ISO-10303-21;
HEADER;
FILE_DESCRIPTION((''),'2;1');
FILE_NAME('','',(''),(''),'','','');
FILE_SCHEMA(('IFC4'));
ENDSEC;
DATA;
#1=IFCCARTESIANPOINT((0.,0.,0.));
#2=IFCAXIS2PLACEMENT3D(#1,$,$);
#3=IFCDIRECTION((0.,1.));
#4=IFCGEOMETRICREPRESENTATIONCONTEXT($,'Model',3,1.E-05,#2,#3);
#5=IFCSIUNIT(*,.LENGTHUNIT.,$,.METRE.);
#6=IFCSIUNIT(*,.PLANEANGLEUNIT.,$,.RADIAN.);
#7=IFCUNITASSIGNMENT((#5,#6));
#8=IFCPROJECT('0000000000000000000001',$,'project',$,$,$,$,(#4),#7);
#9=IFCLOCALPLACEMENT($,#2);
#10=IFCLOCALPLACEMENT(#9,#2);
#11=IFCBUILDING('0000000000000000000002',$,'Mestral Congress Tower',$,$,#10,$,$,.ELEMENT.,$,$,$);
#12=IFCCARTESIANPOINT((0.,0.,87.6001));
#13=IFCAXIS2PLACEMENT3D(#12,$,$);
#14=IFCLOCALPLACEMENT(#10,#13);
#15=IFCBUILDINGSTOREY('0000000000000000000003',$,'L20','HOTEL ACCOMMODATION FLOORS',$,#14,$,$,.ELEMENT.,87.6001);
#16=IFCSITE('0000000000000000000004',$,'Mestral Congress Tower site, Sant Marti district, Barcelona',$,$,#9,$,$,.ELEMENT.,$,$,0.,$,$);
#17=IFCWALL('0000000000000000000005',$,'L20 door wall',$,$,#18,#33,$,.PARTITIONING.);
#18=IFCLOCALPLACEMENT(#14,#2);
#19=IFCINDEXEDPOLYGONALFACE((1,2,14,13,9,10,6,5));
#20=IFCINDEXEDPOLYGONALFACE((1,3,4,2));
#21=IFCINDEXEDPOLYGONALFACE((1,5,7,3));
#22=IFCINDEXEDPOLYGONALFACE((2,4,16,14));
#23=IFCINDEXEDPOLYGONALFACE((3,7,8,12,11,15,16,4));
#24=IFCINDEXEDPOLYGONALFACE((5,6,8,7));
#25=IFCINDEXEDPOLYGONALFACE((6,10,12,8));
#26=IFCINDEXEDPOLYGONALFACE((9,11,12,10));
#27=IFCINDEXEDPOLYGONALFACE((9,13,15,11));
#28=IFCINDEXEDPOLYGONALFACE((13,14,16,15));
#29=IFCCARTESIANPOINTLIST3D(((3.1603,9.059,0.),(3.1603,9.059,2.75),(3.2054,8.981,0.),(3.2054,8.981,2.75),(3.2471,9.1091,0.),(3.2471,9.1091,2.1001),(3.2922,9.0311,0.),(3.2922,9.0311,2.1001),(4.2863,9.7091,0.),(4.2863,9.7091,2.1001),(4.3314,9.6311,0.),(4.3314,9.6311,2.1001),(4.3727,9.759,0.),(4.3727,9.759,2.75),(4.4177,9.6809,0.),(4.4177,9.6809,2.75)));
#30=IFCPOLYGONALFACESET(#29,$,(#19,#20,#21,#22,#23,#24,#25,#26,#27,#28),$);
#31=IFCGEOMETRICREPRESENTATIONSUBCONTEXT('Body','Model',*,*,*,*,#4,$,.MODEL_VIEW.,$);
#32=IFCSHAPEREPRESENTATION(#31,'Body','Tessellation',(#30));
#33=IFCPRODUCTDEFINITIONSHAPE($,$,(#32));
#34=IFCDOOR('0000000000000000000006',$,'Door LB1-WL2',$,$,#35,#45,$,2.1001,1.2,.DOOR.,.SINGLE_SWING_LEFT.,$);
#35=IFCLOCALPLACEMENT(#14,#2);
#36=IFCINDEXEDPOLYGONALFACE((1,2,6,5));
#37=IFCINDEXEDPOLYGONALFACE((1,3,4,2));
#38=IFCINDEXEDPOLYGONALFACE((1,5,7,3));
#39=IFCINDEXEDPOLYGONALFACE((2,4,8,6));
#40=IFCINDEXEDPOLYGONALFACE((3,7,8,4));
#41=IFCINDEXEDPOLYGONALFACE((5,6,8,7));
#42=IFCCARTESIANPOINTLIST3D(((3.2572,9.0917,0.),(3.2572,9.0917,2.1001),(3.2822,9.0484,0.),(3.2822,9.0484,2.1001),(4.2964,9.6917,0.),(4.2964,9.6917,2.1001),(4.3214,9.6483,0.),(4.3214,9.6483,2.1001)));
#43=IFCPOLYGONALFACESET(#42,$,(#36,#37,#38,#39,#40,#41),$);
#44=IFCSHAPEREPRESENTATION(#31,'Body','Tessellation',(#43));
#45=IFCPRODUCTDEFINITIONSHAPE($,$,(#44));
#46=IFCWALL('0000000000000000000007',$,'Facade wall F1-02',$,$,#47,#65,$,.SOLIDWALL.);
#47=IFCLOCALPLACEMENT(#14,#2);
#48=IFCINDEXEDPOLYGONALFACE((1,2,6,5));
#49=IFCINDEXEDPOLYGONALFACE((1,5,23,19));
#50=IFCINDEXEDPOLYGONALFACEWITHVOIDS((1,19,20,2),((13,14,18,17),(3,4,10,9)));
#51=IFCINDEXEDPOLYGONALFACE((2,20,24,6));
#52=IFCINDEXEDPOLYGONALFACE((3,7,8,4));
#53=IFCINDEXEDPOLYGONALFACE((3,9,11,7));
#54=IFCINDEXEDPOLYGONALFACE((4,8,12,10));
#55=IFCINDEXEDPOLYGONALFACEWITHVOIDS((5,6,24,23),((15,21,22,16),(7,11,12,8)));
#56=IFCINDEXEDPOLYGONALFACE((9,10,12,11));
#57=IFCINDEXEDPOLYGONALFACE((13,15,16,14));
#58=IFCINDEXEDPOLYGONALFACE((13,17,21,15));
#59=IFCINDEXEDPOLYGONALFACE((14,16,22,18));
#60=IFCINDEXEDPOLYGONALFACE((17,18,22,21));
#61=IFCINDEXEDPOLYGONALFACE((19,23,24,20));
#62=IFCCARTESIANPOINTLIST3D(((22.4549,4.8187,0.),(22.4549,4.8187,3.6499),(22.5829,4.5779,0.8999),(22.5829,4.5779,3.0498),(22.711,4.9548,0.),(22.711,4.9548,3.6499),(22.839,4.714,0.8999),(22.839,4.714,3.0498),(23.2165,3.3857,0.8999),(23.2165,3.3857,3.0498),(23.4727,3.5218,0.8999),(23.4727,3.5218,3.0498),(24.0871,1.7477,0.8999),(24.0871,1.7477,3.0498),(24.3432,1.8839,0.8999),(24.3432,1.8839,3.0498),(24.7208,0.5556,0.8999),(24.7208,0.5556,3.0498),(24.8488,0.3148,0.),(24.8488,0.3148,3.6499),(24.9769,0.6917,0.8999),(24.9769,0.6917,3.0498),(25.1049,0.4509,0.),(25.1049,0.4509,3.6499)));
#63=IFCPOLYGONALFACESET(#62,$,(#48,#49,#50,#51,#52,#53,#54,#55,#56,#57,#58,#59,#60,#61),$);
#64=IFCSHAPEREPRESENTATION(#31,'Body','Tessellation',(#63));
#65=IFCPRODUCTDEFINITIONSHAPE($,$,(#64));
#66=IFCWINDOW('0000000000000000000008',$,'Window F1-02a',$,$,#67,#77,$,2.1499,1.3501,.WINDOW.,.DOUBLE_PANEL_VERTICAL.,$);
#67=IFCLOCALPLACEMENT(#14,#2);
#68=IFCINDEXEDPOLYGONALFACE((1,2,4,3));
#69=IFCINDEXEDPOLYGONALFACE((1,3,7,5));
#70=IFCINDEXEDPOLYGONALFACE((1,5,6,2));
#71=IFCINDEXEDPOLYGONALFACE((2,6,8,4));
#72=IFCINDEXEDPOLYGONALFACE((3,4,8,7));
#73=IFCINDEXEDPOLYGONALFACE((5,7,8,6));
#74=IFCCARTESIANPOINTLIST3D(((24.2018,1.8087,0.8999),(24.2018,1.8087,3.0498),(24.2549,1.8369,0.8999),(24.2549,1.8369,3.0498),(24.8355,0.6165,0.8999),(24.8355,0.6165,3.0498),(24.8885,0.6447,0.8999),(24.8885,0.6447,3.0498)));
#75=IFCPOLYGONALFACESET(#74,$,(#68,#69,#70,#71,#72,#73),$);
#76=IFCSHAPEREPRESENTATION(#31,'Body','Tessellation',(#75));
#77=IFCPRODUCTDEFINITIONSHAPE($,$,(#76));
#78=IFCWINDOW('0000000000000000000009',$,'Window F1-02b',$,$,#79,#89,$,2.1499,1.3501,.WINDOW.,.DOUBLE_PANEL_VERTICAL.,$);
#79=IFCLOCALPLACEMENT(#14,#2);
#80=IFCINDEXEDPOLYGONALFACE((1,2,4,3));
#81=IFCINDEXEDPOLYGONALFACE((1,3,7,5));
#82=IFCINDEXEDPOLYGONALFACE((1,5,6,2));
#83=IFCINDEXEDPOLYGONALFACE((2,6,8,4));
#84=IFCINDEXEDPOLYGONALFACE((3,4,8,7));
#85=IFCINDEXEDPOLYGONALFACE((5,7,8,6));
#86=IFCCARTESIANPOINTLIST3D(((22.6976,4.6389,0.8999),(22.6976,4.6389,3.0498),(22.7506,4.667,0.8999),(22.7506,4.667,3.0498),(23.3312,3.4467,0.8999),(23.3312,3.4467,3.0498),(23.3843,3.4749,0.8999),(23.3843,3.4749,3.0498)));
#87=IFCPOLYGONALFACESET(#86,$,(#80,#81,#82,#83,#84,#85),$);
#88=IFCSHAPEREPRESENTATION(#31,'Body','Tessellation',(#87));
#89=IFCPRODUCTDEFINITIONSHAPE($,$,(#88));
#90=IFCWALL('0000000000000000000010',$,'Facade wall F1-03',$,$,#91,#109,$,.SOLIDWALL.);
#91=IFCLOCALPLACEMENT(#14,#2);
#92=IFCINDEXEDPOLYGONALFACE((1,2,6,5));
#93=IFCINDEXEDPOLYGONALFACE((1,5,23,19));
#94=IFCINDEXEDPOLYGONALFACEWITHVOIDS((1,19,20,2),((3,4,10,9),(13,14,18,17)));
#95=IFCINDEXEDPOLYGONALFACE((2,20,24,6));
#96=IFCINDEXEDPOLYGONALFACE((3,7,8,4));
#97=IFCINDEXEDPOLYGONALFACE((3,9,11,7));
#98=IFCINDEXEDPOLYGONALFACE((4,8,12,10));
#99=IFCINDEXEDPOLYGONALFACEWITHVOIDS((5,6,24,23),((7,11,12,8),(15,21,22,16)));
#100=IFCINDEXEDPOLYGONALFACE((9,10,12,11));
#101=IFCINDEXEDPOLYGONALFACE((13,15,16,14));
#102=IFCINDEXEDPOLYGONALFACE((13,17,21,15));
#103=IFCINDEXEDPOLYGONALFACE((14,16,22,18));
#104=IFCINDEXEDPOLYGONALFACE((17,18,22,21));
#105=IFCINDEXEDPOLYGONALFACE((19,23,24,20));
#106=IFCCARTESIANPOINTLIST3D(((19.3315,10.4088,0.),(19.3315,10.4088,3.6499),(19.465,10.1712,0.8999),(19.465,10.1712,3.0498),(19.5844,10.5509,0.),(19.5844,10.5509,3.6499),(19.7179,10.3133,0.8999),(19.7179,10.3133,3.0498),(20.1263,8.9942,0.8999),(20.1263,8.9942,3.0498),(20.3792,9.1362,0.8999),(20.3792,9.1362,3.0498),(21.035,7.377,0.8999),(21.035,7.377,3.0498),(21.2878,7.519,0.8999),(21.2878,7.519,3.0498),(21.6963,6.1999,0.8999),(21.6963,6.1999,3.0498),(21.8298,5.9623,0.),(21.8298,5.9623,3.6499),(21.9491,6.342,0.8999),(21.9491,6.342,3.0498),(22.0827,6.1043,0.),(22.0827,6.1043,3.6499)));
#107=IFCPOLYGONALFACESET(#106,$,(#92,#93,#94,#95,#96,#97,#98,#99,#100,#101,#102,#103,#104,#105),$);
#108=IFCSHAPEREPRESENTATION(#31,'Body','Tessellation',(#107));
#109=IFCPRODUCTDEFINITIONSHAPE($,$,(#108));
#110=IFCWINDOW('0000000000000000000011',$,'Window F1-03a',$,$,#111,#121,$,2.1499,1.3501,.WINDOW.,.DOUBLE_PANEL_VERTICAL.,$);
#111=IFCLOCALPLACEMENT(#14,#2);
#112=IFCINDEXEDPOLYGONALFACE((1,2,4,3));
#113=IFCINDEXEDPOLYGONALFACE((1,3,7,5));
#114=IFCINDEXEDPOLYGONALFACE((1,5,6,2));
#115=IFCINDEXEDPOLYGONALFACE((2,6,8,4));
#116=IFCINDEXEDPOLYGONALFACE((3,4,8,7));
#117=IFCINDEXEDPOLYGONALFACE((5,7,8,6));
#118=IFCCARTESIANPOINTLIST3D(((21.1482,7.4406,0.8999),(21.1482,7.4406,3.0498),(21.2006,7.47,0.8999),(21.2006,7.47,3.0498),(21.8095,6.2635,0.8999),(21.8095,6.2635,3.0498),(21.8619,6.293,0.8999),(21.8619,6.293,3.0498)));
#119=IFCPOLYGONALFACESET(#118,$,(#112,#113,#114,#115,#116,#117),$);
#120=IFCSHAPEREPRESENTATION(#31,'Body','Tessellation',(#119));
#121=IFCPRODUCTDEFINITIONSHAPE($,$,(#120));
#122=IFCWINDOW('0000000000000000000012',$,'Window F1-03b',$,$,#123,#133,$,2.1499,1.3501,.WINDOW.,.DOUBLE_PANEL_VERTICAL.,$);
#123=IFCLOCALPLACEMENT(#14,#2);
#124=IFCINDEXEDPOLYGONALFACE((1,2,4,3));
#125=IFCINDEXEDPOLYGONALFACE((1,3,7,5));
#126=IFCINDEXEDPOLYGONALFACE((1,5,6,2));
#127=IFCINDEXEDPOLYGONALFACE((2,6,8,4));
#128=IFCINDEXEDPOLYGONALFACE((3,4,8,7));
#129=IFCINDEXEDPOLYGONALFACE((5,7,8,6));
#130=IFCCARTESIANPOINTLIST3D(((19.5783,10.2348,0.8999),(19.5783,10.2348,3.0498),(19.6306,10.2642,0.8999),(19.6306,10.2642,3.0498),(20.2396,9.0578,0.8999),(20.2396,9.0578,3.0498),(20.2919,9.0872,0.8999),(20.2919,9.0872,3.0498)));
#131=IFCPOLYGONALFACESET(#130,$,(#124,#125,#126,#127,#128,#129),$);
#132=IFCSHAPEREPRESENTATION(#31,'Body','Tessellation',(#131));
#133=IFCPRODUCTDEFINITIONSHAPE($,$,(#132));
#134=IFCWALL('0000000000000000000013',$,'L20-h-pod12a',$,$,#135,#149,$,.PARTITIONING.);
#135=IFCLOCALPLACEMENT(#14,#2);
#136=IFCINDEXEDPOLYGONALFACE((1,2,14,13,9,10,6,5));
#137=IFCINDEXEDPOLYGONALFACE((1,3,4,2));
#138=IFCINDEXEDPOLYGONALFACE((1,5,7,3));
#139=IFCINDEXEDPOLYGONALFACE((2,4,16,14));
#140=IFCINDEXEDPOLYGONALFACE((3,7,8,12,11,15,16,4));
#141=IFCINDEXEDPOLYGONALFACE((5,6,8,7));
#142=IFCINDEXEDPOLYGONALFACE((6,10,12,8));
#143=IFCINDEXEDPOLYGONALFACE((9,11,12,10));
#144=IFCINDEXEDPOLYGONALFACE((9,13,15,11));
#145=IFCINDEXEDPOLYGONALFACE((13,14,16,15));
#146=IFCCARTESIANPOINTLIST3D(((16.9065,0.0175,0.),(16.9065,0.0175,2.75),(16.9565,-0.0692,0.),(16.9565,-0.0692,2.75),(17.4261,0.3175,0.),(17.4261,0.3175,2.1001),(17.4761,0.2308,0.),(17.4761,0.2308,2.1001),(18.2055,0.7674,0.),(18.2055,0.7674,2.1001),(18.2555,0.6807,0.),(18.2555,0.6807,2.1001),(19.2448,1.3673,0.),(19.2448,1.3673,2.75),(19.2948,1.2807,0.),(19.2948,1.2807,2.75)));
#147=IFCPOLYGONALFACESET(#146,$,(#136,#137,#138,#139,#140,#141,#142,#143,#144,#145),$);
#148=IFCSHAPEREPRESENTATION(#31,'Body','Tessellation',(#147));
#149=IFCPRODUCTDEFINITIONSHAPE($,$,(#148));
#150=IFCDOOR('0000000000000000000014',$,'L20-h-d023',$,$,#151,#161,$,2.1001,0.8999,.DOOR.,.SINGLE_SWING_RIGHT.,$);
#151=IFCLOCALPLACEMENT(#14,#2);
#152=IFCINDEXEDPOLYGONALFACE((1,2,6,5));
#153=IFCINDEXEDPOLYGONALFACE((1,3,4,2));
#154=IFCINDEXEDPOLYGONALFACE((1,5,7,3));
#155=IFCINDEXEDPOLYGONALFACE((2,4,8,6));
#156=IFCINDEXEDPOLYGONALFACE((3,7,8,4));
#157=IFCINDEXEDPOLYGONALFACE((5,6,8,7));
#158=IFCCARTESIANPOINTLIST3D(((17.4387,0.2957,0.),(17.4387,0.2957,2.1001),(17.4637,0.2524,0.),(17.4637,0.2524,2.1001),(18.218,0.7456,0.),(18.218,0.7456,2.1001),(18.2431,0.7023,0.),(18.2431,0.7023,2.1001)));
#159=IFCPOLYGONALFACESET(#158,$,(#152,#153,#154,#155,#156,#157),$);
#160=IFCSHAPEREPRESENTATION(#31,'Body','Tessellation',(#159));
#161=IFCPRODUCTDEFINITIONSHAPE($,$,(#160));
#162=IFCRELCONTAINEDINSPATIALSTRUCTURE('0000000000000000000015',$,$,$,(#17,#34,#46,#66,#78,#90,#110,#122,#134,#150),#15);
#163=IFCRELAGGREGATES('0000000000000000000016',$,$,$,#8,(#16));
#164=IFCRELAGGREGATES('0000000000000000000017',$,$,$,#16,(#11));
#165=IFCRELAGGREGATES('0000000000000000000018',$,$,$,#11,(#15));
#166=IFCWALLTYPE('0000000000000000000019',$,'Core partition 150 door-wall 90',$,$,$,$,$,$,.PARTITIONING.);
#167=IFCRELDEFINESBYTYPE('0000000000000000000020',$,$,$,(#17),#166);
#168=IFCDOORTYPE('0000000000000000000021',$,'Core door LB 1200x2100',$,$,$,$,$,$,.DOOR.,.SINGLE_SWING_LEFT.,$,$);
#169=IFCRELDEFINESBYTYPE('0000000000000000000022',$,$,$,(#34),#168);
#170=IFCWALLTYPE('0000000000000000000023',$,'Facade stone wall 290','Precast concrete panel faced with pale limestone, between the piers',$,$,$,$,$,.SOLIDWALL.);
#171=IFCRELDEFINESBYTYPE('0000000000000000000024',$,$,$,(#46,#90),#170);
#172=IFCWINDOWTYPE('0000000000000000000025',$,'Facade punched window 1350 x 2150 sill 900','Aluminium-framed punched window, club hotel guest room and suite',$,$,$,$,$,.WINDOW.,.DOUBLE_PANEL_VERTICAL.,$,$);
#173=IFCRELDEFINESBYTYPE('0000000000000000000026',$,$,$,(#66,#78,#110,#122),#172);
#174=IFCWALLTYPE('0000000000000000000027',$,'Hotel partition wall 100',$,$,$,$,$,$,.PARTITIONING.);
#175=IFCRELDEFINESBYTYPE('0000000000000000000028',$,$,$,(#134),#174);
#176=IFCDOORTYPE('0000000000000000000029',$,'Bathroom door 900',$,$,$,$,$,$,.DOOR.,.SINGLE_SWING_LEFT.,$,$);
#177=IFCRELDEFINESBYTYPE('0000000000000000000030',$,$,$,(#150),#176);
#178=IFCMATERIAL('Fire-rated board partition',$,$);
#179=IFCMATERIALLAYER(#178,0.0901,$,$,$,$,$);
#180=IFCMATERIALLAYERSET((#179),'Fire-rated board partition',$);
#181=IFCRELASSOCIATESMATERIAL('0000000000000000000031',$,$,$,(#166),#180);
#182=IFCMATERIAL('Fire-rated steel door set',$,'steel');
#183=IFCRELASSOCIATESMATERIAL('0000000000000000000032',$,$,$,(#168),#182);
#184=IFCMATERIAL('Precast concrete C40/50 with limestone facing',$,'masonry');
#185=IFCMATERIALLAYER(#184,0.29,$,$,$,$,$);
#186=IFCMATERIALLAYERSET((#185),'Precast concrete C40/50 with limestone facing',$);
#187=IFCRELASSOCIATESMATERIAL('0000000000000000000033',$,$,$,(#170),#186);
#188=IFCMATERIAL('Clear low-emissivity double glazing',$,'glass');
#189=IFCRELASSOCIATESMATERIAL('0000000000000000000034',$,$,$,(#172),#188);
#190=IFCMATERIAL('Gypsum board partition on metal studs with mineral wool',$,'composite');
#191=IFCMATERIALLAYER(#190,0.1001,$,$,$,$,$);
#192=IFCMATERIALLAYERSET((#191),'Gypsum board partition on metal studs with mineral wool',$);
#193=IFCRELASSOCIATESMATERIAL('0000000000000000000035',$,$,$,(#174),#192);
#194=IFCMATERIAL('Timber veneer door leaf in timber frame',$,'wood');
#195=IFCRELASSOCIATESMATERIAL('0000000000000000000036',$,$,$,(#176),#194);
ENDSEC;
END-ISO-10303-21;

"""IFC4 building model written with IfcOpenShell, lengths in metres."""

from ifc_helpers import new_model, si_unit, direction, frame, frame_2d, origin, place, context, subcontext, project, spatial, rectangle, extrude, material, layer, layer_set, type_object, element, fill, save


model = new_model("IFC4")

# Units and contexts
model_context = context("Model", 3, precision=1e-05, world=origin(), true_north=direction((0.0, 1.0)))
body_context = subcontext(model_context, "Body", "Model", "MODEL_VIEW")
ifc_project = project(units=[si_unit("LENGTHUNIT", "METRE"), si_unit("PLANEANGLEUNIT", "RADIAN")], contexts=[model_context])

# Site, building, storey
site_placement = place(None, origin())
site = spatial("IfcSite", under=ifc_project, at=site_placement, Name="Mestral Congress Tower site, Sant Marti district, Barcelona", CompositionType="ELEMENT", RefElevation=0.0)
building_placement = place(site_placement, origin())
building = spatial("IfcBuilding", under=site, at=building_placement, Name="Mestral Congress Tower", CompositionType="ELEMENT")
storey_placement = place(building_placement, frame((0.0, 0.0, 87.6001)))
storey = spatial("IfcBuildingStorey", under=building, at=storey_placement, Name="L20", Description="HOTEL ACCOMMODATION FLOORS", CompositionType="ELEMENT", Elevation=87.6001)

# Shared definitions
ifc_material_1 = material(Name="Fire-rated board partition")

# Wall, opening, door
ifc_layer_1 = layer(ifc_material_1, 0.0901)
ifc_layer_set_1 = layer_set([ifc_layer_1], Name="Fire-rated board partition")
wall_type_1 = type_object("IfcWallType", Name="Core partition 150 door-wall 90", PredefinedType="PARTITIONING", material=ifc_layer_set_1)
wall_1_placement = place(storey_placement, frame((3.1829, 9.02, 0.0), z_axis=(0.0, 0.0, 1.0), x_axis=(0.866035, 0.499984, 0.0)))
wall_1 = element("IfcWall", 1, at=wall_1_placement, inside=storey, type_object=wall_type_1, Name="L20 door wall", PredefinedType="PARTITIONING", context=body_context, shape_type="SweptSolid", body=[
    extrude(rectangle(XDim=1.3999, YDim=0.0901, at=frame_2d((0.7, 0.0))), origin(), (0.0, 0.0, 1.0), 2.75),
])
opening_1_placement = place(wall_1_placement, frame((0.1001, 0.0, 0.0)))
opening_1 = element("IfcOpeningElement", 2, at=opening_1_placement, cuts=wall_1, PredefinedType="OPENING", context=body_context, shape_type="SweptSolid", body=[
    extrude(rectangle(XDim=1.2, YDim=2.1001, at=frame_2d((0.6001, 1.05))), frame((0.0, 0.0549, 0.0), z_axis=(0.0, -1.0, 0.0), x_axis=(1.0, 0.0, 0.0)), (0.0, 0.0, 1.0), 0.1101),
])
ifc_material_2 = material(Name="Fire-rated steel door set", Category="steel")
door_type_1 = type_object("IfcDoorType", Name="Core door LB 1200x2100", OperationType="SINGLE_SWING_LEFT", PredefinedType="DOOR", material=ifc_material_2)
door_1_placement = place(opening_1_placement, origin())
door_1 = element("IfcDoor", 3, at=door_1_placement, inside=storey, type_object=door_type_1, Name="Door LB1-WL2", OperationType="SINGLE_SWING_LEFT", OverallHeight=2.1001, OverallWidth=1.2, PredefinedType="DOOR", context=body_context, shape_type="SweptSolid", body=[
    extrude(rectangle(XDim=1.2, YDim=2.1001, at=frame_2d((0.6001, 1.05))), frame((0.0, 0.0249, 0.0), z_axis=(0.0, -1.0, 0.0), x_axis=(1.0, 0.0, 0.0)), (0.0, 0.0, 1.0), 0.05),
])
fill(opening_1, door_1)

# Walls, openings, windows
ifc_material_3 = material(Name="Precast concrete C40/50 with limestone facing", Category="masonry")
ifc_layer_2 = layer(ifc_material_3, 0.29)
ifc_layer_set_2 = layer_set([ifc_layer_2], Name="Precast concrete C40/50 with limestone facing")
wall_type_2 = type_object("IfcWallType", Name="Facade stone wall 290", Description="Precast concrete panel faced with pale limestone, between the piers", PredefinedType="SOLIDWALL", material=ifc_layer_set_2)
wall_2_placement = place(storey_placement, frame((24.9768, 0.3828, 0.0), z_axis=(0.0, 0.0, 1.0), x_axis=(-0.469323, 0.883026, 0.0)))
wall_2 = element("IfcWall", 4, at=wall_2_placement, inside=storey, type_object=wall_type_2, Name="Facade wall F1-02", PredefinedType="SOLIDWALL", context=body_context, shape_type="SweptSolid", body=[
    extrude(rectangle(XDim=5.1006, YDim=0.29, at=frame_2d((2.5503, 0.0))), origin(), (0.0, 0.0, 1.0), 3.6499),
])
opening_2_placement = place(wall_2_placement, frame((0.2727, 0.0, 0.8999)))
opening_2 = element("IfcOpeningElement", 5, at=opening_2_placement, cuts=wall_2, PredefinedType="OPENING", context=body_context, shape_type="SweptSolid", body=[
    extrude(rectangle(XDim=1.3501, YDim=2.1499, at=frame_2d((0.675, 1.075))), frame((0.0, 0.155, 0.0), z_axis=(0.0, -1.0, 0.0), x_axis=(1.0, 0.0, 0.0)), (0.0, 0.0, 1.0), 0.3101),
])
opening_3_placement = place(wall_2_placement, frame((3.4778, 0.0, 0.8999)))
opening_3 = element("IfcOpeningElement", 6, at=opening_3_placement, cuts=wall_2, PredefinedType="OPENING", context=body_context, shape_type="SweptSolid", body=[
    extrude(rectangle(XDim=1.3501, YDim=2.1499, at=frame_2d((0.675, 1.075))), frame((0.0, 0.155, 0.0), z_axis=(0.0, -1.0, 0.0), x_axis=(1.0, 0.0, 0.0)), (0.0, 0.0, 1.0), 0.3101),
])
ifc_material_4 = material(Name="Clear low-emissivity double glazing", Category="glass")
window_type = type_object("IfcWindowType", Name="Facade punched window 1350 x 2150 sill 900", Description="Aluminium-framed punched window, club hotel guest room and suite", PartitioningType="DOUBLE_PANEL_VERTICAL", PredefinedType="WINDOW", material=ifc_material_4)
window_1_placement = place(opening_2_placement, origin())
window_1 = element("IfcWindow", 7, at=window_1_placement, inside=storey, type_object=window_type, Name="Window F1-02a", OverallHeight=2.1499, OverallWidth=1.3501, PartitioningType="DOUBLE_PANEL_VERTICAL", PredefinedType="WINDOW", context=body_context, shape_type="SweptSolid", body=[
    extrude(rectangle(XDim=1.3501, YDim=2.1499, at=frame_2d((0.675, 1.075))), frame((0.0, 0.0151, 0.0), z_axis=(0.0, -1.0, 0.0), x_axis=(1.0, 0.0, 0.0)), (0.0, 0.0, 1.0), 0.0601),
])
fill(opening_2, window_1)
window_2_placement = place(opening_3_placement, origin())
window_2 = element("IfcWindow", 8, at=window_2_placement, inside=storey, type_object=window_type, Name="Window F1-02b", OverallHeight=2.1499, OverallWidth=1.3501, PartitioningType="DOUBLE_PANEL_VERTICAL", PredefinedType="WINDOW", context=body_context, shape_type="SweptSolid", body=[
    extrude(rectangle(XDim=1.3501, YDim=2.1499, at=frame_2d((0.675, 1.075))), frame((0.0, 0.0151, 0.0), z_axis=(0.0, -1.0, 0.0), x_axis=(1.0, 0.0, 0.0)), (0.0, 0.0, 1.0), 0.0601),
])
fill(opening_3, window_2)
wall_3_placement = place(storey_placement, frame((21.9563, 6.0332, 0.0), z_axis=(0.0, 0.0, 1.0), x_axis=(-0.489832, 0.871817, 0.0)))
wall_3 = element("IfcWall", 9, at=wall_3_placement, inside=storey, type_object=wall_type_2, Name="Facade wall F1-03", PredefinedType="SOLIDWALL", context=body_context, shape_type="SweptSolid", body=[
    extrude(rectangle(XDim=5.1003, YDim=0.29, at=frame_2d((2.5503, 0.0))), origin(), (0.0, 0.0, 1.0), 3.6499),
])
opening_4_placement = place(wall_3_placement, frame((0.2727, 0.0, 0.8999)))
opening_4 = element("IfcOpeningElement", 10, at=opening_4_placement, cuts=wall_3, PredefinedType="OPENING", context=body_context, shape_type="SweptSolid", body=[
    extrude(rectangle(XDim=1.3501, YDim=2.1499, at=frame_2d((0.675, 1.075))), frame((0.0, 0.155, 0.0), z_axis=(0.0, -1.0, 0.0), x_axis=(1.0, 0.0, 0.0)), (0.0, 0.0, 1.0), 0.3101),
])
opening_5_placement = place(wall_3_placement, frame((3.4778, 0.0, 0.8999)))
opening_5 = element("IfcOpeningElement", 11, at=opening_5_placement, cuts=wall_3, PredefinedType="OPENING", context=body_context, shape_type="SweptSolid", body=[
    extrude(rectangle(XDim=1.3501, YDim=2.1499, at=frame_2d((0.675, 1.075))), frame((0.0, 0.155, 0.0), z_axis=(0.0, -1.0, 0.0), x_axis=(1.0, 0.0, 0.0)), (0.0, 0.0, 1.0), 0.3101),
])
window_3_placement = place(opening_4_placement, origin())
window_3 = element("IfcWindow", 12, at=window_3_placement, inside=storey, type_object=window_type, Name="Window F1-03a", OverallHeight=2.1499, OverallWidth=1.3501, PartitioningType="DOUBLE_PANEL_VERTICAL", PredefinedType="WINDOW", context=body_context, shape_type="SweptSolid", body=[
    extrude(rectangle(XDim=1.3501, YDim=2.1499, at=frame_2d((0.675, 1.075))), frame((0.0, 0.0151, 0.0), z_axis=(0.0, -1.0, 0.0), x_axis=(1.0, 0.0, 0.0)), (0.0, 0.0, 1.0), 0.0601),
])
fill(opening_4, window_3)
window_4_placement = place(opening_5_placement, origin())
window_4 = element("IfcWindow", 13, at=window_4_placement, inside=storey, type_object=window_type, Name="Window F1-03b", OverallHeight=2.1499, OverallWidth=1.3501, PartitioningType="DOUBLE_PANEL_VERTICAL", PredefinedType="WINDOW", context=body_context, shape_type="SweptSolid", body=[
    extrude(rectangle(XDim=1.3501, YDim=2.1499, at=frame_2d((0.675, 1.075))), frame((0.0, 0.0151, 0.0), z_axis=(0.0, -1.0, 0.0), x_axis=(1.0, 0.0, 0.0)), (0.0, 0.0, 1.0), 0.0601),
])
fill(opening_5, window_4)

# Wall, opening, door
ifc_material_5 = material(Name="Gypsum board partition on metal studs with mineral wool", Category="composite")
ifc_layer_3 = layer(ifc_material_5, 0.1001)
ifc_layer_set_3 = layer_set([ifc_layer_3], Name="Gypsum board partition on metal studs with mineral wool")
wall_type_3 = type_object("IfcWallType", Name="Hotel partition wall 100", PredefinedType="PARTITIONING", material=ifc_layer_set_3)
wall_4_placement = place(storey_placement, frame((16.9314, -0.0259, 0.0), z_axis=(0.0, 0.0, 1.0), x_axis=(0.866059, 0.499942, 0.0)))
wall_4 = element("IfcWall", 14, at=wall_4_placement, inside=storey, type_object=wall_type_3, Name="L20-h-pod12a", PredefinedType="PARTITIONING", context=body_context, shape_type="SweptSolid", body=[
    extrude(rectangle(XDim=2.7, YDim=0.1001, at=frame_2d((1.3501, 0.0))), origin(), (0.0, 0.0, 1.0), 2.75),
])
opening_6_placement = place(wall_4_placement, frame((0.6001, 0.0, 0.0)))
opening_6 = element("IfcOpeningElement", 15, at=opening_6_placement, cuts=wall_4, PredefinedType="OPENING", context=body_context, shape_type="SweptSolid", body=[
    extrude(rectangle(XDim=0.8999, YDim=2.1001, at=frame_2d((0.45, 1.05))), frame((0.0, 0.0601, 0.0), z_axis=(0.0, -1.0, 0.0), x_axis=(1.0, 0.0, 0.0)), (0.0, 0.0, 1.0), 0.1201),
])
ifc_material_6 = material(Name="Timber veneer door leaf in timber frame", Category="wood")
door_type_2 = type_object("IfcDoorType", Name="Bathroom door 900", OperationType="SINGLE_SWING_LEFT", PredefinedType="DOOR", material=ifc_material_6)
door_2_placement = place(opening_6_placement, origin())
door_2 = element("IfcDoor", 16, at=door_2_placement, inside=storey, type_object=door_type_2, Name="L20-h-d023", OperationType="SINGLE_SWING_RIGHT", OverallHeight=2.1001, OverallWidth=0.8999, PredefinedType="DOOR", context=body_context, shape_type="SweptSolid", body=[
    extrude(rectangle(XDim=0.8999, YDim=2.1001, at=frame_2d((0.45, 1.05))), frame((0.0, 0.0249, 0.0), z_axis=(0.0, -1.0, 0.0), x_axis=(1.0, 0.0, 0.0)), (0.0, 0.0, 1.0), 0.05),
])
fill(opening_6, door_2)

save(model, "model.ifc")
